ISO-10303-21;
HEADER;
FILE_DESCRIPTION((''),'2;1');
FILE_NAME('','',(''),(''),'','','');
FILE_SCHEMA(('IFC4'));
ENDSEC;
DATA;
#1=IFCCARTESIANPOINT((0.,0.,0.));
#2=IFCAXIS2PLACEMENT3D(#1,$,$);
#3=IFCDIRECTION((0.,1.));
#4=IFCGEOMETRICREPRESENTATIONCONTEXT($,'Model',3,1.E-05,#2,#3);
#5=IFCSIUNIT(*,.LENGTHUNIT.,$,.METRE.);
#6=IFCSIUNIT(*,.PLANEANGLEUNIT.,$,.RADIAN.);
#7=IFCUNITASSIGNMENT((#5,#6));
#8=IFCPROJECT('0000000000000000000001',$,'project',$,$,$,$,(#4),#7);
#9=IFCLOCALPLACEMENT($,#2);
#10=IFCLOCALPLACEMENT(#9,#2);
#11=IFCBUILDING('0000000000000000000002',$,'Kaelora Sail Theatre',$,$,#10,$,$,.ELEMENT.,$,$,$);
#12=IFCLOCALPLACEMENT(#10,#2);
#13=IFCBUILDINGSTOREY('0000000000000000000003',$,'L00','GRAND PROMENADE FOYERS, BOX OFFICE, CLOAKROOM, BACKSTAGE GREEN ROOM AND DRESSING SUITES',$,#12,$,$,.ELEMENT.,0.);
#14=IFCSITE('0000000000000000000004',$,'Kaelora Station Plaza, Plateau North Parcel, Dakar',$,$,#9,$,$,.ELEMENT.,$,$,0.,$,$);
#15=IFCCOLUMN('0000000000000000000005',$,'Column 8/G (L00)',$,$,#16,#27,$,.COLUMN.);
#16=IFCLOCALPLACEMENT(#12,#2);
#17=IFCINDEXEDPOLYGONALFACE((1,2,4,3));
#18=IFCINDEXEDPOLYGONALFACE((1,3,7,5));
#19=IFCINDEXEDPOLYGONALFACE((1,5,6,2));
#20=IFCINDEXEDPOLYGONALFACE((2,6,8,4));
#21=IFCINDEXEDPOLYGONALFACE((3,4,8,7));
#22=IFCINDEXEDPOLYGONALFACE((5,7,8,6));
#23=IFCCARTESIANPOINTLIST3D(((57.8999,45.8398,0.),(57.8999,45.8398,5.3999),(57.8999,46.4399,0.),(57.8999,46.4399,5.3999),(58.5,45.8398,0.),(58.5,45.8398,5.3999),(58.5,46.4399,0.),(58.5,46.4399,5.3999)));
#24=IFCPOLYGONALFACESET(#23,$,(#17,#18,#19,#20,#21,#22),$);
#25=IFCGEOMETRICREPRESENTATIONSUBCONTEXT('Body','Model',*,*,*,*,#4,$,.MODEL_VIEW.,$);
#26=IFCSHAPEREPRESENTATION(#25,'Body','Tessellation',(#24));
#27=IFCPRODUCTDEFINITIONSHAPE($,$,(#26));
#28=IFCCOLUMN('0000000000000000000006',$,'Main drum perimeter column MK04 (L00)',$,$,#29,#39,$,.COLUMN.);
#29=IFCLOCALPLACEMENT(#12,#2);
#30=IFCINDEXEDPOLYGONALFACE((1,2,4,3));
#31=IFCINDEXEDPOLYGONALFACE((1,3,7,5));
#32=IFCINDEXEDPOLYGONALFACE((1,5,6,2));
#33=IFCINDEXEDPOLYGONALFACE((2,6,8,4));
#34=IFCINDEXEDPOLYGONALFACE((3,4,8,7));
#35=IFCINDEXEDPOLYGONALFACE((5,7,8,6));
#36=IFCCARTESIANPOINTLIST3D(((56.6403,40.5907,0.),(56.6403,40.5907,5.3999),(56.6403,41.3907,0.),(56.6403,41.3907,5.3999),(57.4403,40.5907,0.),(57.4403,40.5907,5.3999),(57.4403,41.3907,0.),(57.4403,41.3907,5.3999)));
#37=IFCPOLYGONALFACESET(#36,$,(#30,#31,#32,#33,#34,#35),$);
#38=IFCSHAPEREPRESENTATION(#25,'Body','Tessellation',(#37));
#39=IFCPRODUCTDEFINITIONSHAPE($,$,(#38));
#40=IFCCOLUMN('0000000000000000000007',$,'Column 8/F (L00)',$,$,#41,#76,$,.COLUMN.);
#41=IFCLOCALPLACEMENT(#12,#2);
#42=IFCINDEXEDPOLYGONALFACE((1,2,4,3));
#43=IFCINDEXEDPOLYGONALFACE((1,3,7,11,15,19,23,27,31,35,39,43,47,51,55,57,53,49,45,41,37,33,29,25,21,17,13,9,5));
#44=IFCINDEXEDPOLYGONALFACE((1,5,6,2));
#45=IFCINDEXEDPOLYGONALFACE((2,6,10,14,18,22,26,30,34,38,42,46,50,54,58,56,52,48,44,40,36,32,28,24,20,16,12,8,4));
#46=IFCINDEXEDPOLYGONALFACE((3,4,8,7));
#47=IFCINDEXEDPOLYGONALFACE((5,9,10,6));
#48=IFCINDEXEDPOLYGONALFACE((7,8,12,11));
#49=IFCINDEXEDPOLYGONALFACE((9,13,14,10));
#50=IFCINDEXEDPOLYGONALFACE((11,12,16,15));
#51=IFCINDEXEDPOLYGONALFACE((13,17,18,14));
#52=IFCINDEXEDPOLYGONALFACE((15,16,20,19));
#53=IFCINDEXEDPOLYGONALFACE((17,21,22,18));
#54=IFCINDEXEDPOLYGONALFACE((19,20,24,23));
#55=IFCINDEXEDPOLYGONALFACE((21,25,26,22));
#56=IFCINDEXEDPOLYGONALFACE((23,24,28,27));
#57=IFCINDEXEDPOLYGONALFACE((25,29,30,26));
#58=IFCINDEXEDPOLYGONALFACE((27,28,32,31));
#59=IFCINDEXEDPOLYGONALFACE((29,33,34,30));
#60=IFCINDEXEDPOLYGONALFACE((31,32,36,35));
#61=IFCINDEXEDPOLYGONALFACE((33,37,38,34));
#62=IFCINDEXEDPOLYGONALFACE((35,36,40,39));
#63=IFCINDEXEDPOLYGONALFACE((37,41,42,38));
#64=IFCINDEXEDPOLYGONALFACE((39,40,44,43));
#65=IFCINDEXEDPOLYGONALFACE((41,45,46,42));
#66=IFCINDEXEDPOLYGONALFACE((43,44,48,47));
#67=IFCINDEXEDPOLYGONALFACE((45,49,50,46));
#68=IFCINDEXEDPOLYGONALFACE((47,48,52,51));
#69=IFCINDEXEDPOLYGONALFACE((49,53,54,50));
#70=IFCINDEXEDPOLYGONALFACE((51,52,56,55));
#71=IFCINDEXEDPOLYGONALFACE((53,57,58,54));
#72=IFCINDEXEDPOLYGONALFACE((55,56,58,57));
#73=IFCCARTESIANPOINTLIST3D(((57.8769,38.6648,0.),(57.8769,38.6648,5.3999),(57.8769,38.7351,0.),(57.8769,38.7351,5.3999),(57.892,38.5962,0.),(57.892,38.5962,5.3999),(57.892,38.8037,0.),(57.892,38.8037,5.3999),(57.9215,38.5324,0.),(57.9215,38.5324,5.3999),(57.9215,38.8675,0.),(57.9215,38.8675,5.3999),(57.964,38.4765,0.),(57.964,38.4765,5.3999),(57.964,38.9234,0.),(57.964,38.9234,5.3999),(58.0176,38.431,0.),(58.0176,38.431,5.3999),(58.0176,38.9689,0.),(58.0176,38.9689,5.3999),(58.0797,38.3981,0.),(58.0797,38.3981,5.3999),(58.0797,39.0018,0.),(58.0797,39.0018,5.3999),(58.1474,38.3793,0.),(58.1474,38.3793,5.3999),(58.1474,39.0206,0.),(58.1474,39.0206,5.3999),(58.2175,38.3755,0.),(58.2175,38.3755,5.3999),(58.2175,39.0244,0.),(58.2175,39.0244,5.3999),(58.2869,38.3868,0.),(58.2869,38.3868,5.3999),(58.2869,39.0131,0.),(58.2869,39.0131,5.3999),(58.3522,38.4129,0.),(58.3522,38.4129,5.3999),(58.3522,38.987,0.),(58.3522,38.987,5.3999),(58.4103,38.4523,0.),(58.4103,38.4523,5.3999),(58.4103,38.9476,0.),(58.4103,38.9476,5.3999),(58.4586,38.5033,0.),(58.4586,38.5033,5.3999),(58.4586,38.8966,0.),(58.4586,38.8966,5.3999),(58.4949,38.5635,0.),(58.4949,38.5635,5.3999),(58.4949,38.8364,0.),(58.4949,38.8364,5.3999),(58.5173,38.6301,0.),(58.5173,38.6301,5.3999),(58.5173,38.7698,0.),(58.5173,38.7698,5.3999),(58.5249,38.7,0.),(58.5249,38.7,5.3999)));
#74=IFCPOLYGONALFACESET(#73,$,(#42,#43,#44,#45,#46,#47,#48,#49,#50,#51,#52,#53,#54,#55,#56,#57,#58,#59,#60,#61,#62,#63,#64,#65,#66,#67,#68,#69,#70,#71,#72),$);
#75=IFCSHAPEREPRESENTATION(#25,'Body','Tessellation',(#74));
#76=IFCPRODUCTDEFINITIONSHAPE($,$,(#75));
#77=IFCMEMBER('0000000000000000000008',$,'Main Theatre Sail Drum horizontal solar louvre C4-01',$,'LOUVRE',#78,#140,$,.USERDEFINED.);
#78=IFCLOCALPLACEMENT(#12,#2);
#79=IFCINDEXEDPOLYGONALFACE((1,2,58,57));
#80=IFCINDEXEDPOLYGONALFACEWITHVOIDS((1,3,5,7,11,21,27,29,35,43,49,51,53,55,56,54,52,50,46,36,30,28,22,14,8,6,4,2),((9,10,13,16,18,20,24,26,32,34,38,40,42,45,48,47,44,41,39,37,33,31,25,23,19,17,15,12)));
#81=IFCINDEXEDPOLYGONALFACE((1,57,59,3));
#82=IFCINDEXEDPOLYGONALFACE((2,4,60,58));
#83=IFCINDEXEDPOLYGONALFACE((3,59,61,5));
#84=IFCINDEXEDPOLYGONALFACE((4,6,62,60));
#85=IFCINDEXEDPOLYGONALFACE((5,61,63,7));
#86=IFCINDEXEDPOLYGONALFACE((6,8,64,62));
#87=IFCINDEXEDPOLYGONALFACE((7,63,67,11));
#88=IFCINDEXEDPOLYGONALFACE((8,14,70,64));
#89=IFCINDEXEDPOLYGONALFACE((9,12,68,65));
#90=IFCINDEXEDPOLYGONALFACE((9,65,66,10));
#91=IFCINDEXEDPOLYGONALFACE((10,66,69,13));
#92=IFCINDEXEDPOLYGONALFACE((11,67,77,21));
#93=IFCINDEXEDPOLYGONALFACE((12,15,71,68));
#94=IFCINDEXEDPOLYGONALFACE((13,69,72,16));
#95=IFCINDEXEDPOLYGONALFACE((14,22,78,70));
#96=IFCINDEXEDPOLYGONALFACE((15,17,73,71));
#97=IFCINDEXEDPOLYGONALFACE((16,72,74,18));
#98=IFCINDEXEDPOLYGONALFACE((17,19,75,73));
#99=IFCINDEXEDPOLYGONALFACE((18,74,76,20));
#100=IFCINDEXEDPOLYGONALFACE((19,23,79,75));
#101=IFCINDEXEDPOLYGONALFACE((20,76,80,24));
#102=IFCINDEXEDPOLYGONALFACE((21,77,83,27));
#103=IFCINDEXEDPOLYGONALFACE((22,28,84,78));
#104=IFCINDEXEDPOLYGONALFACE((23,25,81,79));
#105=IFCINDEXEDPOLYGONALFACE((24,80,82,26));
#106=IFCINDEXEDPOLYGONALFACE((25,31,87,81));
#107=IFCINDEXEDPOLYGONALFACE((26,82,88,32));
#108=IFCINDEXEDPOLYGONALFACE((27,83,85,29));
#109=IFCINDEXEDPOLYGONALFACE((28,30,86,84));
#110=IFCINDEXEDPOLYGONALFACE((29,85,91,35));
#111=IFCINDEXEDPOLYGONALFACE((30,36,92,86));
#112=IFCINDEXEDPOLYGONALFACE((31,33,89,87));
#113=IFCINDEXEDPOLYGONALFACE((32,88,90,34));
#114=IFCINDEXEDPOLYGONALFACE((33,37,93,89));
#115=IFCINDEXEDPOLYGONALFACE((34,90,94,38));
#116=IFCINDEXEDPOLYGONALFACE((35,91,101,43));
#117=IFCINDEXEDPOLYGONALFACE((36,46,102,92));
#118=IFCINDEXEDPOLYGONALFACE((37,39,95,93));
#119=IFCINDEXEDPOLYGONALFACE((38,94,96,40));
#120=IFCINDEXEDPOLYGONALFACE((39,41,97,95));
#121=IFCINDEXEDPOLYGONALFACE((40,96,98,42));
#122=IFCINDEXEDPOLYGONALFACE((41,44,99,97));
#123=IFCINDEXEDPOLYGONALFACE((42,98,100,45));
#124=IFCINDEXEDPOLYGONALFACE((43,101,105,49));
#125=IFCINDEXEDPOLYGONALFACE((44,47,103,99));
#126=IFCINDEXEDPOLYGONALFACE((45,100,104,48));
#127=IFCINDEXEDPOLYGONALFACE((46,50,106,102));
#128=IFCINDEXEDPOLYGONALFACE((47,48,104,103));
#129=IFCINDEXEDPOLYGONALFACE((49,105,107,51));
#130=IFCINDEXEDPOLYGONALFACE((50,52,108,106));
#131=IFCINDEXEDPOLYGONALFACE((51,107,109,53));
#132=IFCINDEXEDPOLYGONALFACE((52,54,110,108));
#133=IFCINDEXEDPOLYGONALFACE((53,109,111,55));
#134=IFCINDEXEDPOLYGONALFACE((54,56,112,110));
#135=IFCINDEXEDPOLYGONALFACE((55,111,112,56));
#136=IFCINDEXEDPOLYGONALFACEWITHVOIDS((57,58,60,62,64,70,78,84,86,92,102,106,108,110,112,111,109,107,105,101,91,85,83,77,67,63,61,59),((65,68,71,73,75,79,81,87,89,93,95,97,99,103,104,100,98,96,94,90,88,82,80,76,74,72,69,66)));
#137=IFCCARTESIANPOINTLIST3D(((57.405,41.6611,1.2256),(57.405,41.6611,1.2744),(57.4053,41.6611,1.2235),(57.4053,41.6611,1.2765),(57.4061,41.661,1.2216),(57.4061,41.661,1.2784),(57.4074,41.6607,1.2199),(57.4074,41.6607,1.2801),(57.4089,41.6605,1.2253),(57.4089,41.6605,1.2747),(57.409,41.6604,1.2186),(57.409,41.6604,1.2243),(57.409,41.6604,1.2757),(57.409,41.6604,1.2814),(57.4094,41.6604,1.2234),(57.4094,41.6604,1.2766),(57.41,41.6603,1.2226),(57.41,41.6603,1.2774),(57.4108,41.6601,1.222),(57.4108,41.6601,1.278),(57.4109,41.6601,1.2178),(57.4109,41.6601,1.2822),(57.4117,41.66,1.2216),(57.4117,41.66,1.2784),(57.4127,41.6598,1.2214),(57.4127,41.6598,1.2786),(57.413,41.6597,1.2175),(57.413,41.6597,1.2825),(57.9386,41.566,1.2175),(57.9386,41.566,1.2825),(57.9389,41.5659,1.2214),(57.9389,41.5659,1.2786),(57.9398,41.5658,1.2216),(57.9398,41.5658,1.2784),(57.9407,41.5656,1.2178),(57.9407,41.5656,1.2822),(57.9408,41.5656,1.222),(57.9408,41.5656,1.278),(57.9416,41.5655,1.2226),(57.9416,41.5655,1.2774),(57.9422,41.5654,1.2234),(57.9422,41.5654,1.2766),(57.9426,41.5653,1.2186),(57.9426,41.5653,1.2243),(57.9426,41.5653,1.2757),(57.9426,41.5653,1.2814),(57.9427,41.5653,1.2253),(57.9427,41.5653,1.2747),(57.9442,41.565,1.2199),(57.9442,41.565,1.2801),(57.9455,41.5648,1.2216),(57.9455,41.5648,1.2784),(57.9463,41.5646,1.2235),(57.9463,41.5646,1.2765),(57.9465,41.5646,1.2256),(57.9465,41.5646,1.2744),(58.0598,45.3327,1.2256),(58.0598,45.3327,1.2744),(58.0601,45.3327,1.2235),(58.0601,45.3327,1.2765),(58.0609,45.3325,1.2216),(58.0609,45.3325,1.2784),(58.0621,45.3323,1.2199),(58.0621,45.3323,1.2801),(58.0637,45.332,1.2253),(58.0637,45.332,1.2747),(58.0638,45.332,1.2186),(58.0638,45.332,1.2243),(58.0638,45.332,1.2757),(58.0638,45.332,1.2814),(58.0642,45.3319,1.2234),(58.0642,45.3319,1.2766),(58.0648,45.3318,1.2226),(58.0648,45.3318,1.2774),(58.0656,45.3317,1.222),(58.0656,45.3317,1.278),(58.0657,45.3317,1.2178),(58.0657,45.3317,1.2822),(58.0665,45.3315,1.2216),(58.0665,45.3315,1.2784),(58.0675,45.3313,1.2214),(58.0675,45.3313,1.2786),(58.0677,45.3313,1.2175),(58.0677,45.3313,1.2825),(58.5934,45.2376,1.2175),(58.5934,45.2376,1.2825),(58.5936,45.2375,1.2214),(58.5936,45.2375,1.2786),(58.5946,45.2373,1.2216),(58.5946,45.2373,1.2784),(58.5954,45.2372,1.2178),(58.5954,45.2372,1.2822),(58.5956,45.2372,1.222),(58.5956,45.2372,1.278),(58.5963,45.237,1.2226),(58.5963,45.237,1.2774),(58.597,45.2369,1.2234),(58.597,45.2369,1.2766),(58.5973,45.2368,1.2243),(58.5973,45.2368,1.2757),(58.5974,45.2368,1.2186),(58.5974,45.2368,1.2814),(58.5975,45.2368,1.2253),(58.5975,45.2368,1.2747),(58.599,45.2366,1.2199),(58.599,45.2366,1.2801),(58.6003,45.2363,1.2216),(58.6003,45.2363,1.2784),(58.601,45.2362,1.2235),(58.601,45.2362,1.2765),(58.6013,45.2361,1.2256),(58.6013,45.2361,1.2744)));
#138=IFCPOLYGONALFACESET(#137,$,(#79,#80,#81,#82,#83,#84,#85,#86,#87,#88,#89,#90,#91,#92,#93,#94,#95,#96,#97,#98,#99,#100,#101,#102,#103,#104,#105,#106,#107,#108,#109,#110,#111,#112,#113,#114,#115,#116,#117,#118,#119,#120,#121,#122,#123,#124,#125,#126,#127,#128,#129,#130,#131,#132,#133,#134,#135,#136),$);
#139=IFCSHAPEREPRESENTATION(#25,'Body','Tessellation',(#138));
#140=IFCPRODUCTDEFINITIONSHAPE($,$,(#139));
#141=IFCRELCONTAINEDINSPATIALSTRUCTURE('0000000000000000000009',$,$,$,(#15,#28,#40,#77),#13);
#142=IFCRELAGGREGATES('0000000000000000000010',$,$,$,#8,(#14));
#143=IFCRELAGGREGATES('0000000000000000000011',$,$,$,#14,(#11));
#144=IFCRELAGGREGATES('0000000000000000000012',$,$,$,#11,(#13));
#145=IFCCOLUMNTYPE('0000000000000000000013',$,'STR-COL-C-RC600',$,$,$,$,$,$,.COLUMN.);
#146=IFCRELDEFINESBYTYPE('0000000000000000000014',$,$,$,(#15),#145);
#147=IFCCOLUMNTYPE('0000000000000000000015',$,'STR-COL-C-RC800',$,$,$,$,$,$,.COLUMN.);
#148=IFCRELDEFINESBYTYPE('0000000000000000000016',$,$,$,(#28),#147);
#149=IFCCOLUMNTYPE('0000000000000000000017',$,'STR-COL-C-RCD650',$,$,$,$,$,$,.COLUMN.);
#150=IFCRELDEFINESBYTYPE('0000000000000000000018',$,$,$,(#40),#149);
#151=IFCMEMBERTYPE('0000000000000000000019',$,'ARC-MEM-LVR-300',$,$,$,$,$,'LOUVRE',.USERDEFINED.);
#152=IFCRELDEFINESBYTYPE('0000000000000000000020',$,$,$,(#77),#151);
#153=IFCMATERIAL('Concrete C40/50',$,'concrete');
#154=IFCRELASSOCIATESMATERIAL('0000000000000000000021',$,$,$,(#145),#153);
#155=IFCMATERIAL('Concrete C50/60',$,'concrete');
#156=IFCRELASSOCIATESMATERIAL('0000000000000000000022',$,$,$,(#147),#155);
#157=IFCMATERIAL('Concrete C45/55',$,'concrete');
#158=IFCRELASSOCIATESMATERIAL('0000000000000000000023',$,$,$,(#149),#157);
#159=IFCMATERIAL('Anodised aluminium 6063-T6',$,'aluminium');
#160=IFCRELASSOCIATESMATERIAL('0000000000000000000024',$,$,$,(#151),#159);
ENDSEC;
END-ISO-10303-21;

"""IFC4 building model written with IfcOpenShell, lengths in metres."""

from ifc_helpers import new_model, si_unit, direction, frame, origin, origin_2d, place, context, subcontext, project, spatial, rectangle, hollow_rectangle, circle, extrude, material, material_profile, profile_set, type_object, element, save


model = new_model("IFC4")

# Units and contexts
model_context = context("Model", 3, precision=1e-05, world=origin(), true_north=direction((0.0, 1.0)))
body_context = subcontext(model_context, "Body", "Model", "MODEL_VIEW")
ifc_project = project(units=[si_unit("LENGTHUNIT", "METRE"), si_unit("PLANEANGLEUNIT", "RADIAN")], contexts=[model_context])

# Site, building, storey
site_placement = place(None, origin())
site = spatial("IfcSite", under=ifc_project, at=site_placement, Name="Kaelora Station Plaza, Plateau North Parcel, Dakar", CompositionType="ELEMENT", RefElevation=0.0)
building_placement = place(site_placement, origin())
building = spatial("IfcBuilding", under=site, at=building_placement, Name="Kaelora Sail Theatre", CompositionType="ELEMENT")
storey_placement = place(building_placement, origin())
storey = spatial("IfcBuildingStorey", under=building, at=storey_placement, Name="L00", Description="GRAND PROMENADE FOYERS, BOX OFFICE, CLOAKROOM, BACKSTAGE GREEN ROOM AND DRESSING SUITES", CompositionType="ELEMENT", Elevation=0.0)

# Columns
ifc_material_1 = material(Name="Concrete C40/50", Category="concrete")
ifc_material_profile_1 = material_profile(ifc_material_1, rectangle(XDim=0.6001, YDim=0.6001, at=origin_2d()), Name="RC-COL 600x600")
ifc_profile_set_1 = profile_set([ifc_material_profile_1], Name="Concrete C40/50")
column_type_1 = type_object("IfcColumnType", Name="STR-COL-C-RC600", PredefinedType="COLUMN", material=ifc_profile_set_1)
column_1_placement = place(storey_placement, frame((58.2, 46.1399, 0.0), z_axis=(0.0, 0.0, 1.0), x_axis=(1.0, 0.0, 0.0)))
element("IfcColumn", 1, at=column_1_placement, inside=storey, type_object=column_type_1, Name="Column 8/G (L00)", PredefinedType="COLUMN", context=body_context, shape_type="SweptSolid", body=[
    extrude(rectangle(XDim=0.6001, YDim=0.6001, at=origin_2d()), origin(), (0.0, 0.0, 1.0), 5.3999),
])
ifc_material_2 = material(Name="Concrete C50/60", Category="concrete")
ifc_material_profile_2 = material_profile(ifc_material_2, rectangle(XDim=0.8, YDim=0.8, at=origin_2d()), Name="RC-COL 800x800")
ifc_profile_set_2 = profile_set([ifc_material_profile_2], Name="Concrete C50/60")
column_type_2 = type_object("IfcColumnType", Name="STR-COL-C-RC800", PredefinedType="COLUMN", material=ifc_profile_set_2)
column_2_placement = place(storey_placement, frame((57.0403, 40.9907, 0.0), z_axis=(0.0, 0.0, 1.0), x_axis=(1.0, 0.0, 0.0)))
element("IfcColumn", 2, at=column_2_placement, inside=storey, type_object=column_type_2, Name="Main drum perimeter column MK04 (L00)", PredefinedType="COLUMN", context=body_context, shape_type="SweptSolid", body=[
    extrude(rectangle(XDim=0.8, YDim=0.8, at=origin_2d()), origin(), (0.0, 0.0, 1.0), 5.3999),
])
ifc_material_3 = material(Name="Concrete C45/55", Category="concrete")
ifc_material_profile_3 = material_profile(ifc_material_3, circle(Radius=0.325, at=origin_2d()), Name="RC-CCOL D650")
ifc_profile_set_3 = profile_set([ifc_material_profile_3], Name="Concrete C45/55")
column_type_3 = type_object("IfcColumnType", Name="STR-COL-C-RCD650", PredefinedType="COLUMN", material=ifc_profile_set_3)
column_3_placement = place(storey_placement, frame((58.2, 38.7, 0.0), z_axis=(0.0, 0.0, 1.0), x_axis=(1.0, 0.0, 0.0)))
element("IfcColumn", 3, at=column_3_placement, inside=storey, type_object=column_type_3, Name="Column 8/F (L00)", PredefinedType="COLUMN", context=body_context, shape_type="SweptSolid", body=[
    extrude(circle(Radius=0.325, at=origin_2d()), origin(), (0.0, 0.0, 1.0), 5.3999),
])

# Member
ifc_material_4 = material(Name="Anodised aluminium 6063-T6", Category="aluminium")
ifc_material_profile_4 = material_profile(ifc_material_4, hollow_rectangle(XDim=0.55, YDim=0.0649, WallThickness=0.0039, InnerFilletRadius=0.0039, OuterFilletRadius=0.0081, at=origin_2d()), Name="LOUVRE 550x65x4")
ifc_profile_set_4 = profile_set([ifc_material_profile_4], Name="Anodised aluminium 6063-T6")
member_type_1 = type_object("IfcMemberType", Name="ARC-MEM-LVR-300", ElementType="LOUVRE", PredefinedType="USERDEFINED", material=ifc_profile_set_4)
for number, where, z_axis, x_axis, name in (
    (4, (58.3306, 45.2844, 1.25), (-0.175566, -0.984468, 0.0), (0.984468, -0.175566, 0.0), "Main Theatre Sail Drum horizontal solar louvre C4-01"),
):
    element("IfcMember", number, at=place(storey_placement, frame(where, z_axis=z_axis, x_axis=x_axis)), inside=storey, type_object=member_type_1, Name=name, ObjectType="LOUVRE", PredefinedType="USERDEFINED", context=body_context, shape_type="SweptSolid", body=[
        extrude(hollow_rectangle(XDim=0.55, YDim=0.0649, WallThickness=0.0039, InnerFilletRadius=0.0039, OuterFilletRadius=0.0081, at=origin_2d()), origin(), (0.0, 0.0, 1.0), 3.7295),
    ])

save(model, "model.ifc")
